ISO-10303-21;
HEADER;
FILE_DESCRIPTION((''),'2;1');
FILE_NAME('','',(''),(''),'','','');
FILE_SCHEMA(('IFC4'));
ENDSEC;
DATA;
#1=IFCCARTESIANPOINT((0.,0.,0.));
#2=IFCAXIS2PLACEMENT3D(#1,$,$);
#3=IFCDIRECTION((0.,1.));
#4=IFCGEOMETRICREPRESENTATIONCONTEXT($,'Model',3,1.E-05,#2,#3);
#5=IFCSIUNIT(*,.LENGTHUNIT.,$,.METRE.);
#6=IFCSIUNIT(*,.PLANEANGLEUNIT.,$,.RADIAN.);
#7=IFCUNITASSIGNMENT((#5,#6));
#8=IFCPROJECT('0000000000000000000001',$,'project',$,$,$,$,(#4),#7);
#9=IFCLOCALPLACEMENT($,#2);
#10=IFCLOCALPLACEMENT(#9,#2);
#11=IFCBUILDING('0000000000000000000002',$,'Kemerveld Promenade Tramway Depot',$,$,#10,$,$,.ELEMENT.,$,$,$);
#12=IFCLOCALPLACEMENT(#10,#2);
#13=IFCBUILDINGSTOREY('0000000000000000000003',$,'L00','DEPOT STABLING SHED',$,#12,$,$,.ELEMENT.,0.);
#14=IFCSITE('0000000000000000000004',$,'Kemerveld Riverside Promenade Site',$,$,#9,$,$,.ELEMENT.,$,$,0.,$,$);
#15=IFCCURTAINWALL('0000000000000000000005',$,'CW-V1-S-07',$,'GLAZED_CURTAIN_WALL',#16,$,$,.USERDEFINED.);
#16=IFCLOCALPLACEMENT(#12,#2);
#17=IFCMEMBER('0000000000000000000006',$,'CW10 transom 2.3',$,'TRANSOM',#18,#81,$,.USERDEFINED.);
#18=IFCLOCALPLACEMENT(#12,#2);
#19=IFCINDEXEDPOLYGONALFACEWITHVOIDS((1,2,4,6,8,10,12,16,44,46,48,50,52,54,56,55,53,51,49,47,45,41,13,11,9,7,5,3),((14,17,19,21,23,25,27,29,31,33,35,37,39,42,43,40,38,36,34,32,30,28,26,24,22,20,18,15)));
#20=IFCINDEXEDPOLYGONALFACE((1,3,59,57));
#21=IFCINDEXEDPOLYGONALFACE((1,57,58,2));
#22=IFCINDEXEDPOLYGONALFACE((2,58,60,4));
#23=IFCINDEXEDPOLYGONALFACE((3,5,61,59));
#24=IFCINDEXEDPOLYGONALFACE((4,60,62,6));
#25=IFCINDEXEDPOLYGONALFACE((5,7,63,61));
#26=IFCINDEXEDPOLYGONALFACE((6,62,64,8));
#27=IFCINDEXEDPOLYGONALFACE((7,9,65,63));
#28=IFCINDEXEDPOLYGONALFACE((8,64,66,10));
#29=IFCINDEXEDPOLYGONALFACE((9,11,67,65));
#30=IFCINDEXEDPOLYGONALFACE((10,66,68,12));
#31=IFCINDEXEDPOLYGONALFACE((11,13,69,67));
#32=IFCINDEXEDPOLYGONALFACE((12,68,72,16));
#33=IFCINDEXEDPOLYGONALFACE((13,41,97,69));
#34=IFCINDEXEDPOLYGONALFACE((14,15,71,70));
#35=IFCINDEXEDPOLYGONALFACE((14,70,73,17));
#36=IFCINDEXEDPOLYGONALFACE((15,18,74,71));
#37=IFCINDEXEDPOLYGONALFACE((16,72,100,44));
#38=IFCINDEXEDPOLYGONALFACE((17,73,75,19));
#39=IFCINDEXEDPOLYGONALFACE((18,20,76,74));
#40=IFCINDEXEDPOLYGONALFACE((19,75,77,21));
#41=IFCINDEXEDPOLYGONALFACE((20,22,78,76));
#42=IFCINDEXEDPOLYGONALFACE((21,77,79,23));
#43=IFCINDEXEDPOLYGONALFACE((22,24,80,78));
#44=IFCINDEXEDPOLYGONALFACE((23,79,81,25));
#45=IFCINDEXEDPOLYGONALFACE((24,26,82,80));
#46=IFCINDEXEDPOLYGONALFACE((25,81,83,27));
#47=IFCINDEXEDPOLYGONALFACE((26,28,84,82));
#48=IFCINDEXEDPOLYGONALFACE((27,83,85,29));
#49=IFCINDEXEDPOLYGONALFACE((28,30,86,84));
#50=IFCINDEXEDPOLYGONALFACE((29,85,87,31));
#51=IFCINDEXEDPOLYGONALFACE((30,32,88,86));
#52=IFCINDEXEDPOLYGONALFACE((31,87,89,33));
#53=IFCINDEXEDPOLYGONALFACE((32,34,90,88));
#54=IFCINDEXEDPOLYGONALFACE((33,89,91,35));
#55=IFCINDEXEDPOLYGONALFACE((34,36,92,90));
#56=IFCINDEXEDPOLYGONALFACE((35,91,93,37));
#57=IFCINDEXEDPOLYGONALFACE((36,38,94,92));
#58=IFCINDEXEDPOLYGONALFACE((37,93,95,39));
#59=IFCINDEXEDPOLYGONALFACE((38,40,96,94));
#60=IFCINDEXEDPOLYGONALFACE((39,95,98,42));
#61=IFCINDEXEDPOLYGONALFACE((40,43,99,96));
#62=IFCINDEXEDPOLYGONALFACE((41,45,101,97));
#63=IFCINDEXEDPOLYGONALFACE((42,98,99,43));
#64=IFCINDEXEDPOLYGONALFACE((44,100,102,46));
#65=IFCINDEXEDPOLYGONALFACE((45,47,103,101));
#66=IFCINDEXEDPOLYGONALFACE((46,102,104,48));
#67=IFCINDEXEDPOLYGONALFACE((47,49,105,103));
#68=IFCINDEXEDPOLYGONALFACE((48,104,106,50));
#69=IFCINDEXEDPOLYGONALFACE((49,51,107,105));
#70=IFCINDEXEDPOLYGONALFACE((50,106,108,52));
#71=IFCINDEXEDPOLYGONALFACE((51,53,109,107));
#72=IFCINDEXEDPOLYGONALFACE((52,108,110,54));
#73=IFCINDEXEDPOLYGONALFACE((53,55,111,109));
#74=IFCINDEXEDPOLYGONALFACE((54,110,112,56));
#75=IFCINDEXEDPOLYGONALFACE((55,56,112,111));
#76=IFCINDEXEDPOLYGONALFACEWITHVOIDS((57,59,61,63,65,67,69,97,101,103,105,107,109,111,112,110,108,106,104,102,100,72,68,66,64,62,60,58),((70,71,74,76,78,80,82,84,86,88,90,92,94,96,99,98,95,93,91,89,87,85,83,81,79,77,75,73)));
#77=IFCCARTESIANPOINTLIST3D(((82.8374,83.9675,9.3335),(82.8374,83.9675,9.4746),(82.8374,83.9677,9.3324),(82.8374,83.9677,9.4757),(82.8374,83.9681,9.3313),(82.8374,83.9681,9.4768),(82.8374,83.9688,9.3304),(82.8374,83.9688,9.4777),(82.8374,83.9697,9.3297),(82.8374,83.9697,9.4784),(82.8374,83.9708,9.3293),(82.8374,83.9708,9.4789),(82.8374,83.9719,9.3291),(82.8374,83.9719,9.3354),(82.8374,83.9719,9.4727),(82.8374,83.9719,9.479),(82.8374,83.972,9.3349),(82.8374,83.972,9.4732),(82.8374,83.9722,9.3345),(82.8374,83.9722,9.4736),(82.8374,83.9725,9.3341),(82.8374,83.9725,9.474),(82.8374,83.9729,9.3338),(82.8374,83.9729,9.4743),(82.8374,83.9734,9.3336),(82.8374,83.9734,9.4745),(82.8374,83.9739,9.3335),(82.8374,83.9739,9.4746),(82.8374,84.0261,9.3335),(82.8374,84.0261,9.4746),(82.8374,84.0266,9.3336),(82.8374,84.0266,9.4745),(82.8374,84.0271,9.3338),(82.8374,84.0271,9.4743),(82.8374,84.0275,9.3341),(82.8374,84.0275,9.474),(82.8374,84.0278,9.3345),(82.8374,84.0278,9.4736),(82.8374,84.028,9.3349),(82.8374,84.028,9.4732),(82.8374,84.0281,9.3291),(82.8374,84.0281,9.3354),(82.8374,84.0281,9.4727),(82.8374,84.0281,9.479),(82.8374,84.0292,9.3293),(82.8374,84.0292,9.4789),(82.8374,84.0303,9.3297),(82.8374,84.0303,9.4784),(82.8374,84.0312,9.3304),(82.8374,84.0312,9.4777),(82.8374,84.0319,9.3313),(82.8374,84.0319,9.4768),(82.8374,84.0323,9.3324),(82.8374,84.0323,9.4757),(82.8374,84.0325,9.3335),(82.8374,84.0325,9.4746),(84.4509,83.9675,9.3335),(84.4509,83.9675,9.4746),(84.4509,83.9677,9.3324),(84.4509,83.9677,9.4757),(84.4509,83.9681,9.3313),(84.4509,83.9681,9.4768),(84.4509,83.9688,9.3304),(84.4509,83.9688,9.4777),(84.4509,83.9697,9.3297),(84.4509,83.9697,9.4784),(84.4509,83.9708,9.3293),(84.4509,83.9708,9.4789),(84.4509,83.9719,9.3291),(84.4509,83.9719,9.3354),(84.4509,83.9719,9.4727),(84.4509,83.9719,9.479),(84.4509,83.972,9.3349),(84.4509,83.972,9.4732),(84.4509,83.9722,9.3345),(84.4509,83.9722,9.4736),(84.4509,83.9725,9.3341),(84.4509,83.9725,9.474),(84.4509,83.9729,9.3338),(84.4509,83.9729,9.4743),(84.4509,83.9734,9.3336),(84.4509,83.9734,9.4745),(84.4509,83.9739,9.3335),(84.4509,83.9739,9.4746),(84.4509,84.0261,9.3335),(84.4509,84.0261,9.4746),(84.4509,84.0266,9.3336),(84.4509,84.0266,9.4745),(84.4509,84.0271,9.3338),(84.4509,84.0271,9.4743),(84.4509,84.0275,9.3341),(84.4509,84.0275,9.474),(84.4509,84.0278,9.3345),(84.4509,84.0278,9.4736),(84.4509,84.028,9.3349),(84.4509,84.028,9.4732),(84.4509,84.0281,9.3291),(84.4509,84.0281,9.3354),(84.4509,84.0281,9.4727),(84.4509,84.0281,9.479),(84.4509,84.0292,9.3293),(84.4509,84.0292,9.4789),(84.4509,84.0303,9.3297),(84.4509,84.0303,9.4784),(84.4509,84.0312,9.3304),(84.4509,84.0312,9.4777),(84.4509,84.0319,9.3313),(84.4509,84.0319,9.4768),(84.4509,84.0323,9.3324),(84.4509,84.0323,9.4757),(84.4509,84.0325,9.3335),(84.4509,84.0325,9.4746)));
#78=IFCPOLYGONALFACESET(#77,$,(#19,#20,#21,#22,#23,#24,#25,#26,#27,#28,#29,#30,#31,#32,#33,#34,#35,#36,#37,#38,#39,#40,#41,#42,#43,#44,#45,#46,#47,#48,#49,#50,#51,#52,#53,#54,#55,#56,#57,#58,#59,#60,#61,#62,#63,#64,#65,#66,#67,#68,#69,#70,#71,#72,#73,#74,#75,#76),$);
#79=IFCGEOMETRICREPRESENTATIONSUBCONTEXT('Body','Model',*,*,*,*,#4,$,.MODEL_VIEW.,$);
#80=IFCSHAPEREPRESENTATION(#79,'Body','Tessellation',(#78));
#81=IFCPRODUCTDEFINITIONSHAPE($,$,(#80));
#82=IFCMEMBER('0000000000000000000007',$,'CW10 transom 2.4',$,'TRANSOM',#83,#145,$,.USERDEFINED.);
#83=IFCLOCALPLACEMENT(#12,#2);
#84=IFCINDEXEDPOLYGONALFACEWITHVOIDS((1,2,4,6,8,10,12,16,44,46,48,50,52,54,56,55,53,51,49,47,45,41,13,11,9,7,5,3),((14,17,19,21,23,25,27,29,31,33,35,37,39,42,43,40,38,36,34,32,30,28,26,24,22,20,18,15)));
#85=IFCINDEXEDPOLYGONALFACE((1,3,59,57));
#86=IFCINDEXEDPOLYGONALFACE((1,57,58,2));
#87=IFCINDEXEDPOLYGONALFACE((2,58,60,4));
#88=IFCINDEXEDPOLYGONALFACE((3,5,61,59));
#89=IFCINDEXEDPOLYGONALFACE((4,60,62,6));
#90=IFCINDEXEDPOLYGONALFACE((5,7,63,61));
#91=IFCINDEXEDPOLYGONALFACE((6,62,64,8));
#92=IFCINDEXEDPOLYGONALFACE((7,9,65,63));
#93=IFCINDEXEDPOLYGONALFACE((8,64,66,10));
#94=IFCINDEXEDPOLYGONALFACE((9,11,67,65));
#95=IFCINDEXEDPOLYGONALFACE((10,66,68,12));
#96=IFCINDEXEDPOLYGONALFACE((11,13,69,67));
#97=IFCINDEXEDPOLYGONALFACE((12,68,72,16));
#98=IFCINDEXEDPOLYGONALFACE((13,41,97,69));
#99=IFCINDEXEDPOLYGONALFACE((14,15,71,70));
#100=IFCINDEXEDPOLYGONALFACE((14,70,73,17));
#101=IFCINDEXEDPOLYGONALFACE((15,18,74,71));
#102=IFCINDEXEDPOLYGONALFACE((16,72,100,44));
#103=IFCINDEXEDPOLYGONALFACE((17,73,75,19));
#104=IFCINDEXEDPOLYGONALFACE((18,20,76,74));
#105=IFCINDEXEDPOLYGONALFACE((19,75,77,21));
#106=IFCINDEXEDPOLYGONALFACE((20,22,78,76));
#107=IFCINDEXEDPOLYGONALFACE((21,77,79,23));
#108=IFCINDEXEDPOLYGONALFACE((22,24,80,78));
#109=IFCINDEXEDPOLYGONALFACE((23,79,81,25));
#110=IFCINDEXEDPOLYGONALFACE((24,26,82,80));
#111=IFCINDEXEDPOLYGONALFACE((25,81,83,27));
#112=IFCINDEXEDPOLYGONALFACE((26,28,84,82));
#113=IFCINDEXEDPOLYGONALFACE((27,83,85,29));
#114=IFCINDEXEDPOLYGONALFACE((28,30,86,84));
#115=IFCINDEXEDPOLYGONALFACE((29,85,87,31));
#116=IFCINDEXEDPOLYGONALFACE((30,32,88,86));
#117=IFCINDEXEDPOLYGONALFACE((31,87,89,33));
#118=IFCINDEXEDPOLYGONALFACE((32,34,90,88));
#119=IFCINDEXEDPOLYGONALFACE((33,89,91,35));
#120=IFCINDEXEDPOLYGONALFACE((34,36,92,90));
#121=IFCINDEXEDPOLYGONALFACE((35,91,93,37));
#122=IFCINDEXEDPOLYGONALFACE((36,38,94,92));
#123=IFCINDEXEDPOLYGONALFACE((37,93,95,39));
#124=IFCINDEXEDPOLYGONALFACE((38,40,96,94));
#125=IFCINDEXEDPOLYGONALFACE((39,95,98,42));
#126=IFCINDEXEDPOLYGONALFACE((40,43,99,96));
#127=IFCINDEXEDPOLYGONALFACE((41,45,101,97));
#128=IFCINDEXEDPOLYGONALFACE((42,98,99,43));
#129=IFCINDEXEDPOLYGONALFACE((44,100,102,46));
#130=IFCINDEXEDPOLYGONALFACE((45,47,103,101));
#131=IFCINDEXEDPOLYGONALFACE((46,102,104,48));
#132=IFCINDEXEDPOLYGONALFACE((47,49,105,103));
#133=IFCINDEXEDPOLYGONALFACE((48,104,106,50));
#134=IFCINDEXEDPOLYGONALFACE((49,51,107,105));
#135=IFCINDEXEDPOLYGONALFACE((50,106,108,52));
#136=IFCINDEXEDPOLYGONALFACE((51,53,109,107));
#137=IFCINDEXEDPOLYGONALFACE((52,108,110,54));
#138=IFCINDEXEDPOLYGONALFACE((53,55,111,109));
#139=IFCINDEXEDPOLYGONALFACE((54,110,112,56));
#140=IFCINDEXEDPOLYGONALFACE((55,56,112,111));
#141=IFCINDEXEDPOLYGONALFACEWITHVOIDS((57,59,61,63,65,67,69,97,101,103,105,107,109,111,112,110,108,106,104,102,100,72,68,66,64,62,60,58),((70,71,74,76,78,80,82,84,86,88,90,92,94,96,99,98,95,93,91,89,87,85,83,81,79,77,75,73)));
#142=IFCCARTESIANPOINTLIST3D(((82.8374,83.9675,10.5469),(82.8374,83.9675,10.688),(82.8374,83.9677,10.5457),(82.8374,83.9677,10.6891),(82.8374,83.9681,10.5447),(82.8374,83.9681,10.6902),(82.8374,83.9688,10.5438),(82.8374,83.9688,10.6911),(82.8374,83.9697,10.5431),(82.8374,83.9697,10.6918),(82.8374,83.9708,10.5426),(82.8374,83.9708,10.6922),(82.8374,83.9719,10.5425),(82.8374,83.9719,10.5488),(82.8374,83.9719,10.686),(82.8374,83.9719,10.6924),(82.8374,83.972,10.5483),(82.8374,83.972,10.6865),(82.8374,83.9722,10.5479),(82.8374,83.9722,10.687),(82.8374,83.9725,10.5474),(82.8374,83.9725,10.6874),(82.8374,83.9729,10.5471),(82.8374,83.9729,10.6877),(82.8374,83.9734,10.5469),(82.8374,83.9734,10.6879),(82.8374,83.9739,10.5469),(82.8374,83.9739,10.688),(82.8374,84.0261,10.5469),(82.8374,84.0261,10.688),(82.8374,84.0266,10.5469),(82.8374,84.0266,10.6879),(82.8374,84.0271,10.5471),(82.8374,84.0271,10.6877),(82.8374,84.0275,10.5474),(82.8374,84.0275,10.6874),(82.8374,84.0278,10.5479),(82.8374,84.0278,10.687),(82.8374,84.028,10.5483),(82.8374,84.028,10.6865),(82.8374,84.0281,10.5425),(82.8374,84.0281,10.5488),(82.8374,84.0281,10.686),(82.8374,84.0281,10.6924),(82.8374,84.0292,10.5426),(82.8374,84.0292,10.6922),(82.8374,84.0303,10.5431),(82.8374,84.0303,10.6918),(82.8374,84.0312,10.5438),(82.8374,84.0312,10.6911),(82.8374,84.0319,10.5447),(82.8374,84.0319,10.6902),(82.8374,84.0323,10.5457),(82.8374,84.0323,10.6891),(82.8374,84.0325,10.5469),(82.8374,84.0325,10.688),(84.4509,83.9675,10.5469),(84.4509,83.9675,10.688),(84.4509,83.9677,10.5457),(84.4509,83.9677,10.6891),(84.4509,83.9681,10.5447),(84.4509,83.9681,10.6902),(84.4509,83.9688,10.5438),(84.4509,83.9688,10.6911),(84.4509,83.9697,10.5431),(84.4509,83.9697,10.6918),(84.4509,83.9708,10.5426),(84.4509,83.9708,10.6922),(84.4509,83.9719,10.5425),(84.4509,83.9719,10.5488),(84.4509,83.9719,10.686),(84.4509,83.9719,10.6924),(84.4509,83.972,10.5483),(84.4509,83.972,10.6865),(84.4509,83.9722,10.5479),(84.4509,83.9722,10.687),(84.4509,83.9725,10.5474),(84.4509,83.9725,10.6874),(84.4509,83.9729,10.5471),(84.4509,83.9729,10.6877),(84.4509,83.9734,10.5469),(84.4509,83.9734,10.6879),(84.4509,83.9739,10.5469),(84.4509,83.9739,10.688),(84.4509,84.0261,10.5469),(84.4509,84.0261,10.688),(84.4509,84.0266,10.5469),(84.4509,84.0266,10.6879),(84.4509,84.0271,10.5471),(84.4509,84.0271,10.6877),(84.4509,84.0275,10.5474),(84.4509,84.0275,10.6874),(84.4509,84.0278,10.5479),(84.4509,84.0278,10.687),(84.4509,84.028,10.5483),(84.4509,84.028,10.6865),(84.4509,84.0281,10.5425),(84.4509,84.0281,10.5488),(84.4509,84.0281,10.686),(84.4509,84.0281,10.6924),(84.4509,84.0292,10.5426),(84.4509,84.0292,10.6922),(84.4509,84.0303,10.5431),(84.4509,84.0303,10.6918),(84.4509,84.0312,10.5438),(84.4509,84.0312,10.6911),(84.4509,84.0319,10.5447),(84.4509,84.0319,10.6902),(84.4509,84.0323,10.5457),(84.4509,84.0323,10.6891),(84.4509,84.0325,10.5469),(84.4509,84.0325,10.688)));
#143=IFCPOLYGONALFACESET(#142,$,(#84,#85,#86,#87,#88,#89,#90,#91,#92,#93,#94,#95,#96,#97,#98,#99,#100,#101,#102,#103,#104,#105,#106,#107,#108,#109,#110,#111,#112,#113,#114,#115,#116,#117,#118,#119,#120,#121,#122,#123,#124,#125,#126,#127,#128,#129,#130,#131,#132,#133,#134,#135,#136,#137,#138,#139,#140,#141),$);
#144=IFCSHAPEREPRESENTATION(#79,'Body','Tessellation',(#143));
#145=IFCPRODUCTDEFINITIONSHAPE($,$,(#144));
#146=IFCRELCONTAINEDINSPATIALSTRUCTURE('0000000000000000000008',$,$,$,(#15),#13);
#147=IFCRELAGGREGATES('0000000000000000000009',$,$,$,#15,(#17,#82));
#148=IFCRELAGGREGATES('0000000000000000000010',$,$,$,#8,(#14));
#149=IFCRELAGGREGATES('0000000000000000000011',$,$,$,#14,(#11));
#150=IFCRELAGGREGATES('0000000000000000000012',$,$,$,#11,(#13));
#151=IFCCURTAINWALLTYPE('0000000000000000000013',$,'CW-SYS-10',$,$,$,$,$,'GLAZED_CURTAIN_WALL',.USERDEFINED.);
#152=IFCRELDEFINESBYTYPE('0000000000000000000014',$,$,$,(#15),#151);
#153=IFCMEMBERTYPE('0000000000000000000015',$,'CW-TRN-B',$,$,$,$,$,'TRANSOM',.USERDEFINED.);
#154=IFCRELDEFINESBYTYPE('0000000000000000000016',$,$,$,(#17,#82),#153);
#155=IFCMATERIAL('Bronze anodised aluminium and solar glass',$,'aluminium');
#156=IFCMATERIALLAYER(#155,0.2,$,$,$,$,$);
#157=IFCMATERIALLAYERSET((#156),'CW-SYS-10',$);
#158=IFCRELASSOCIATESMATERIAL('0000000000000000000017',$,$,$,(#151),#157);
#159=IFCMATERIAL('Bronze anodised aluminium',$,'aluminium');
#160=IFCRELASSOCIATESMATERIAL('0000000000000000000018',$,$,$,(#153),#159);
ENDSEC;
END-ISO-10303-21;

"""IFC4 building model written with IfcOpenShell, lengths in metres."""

from ifc_helpers import new_model, si_unit, direction, frame, origin, origin_2d, place, context, subcontext, project, spatial, hollow_rectangle, extrude, material, layer, layer_set, material_profile, profile_set, type_object, element, aggregate, save


model = new_model("IFC4")

# Units and contexts
model_context = context("Model", 3, precision=1e-05, world=origin(), true_north=direction((0.0, 1.0)))
body_context = subcontext(model_context, "Body", "Model", "MODEL_VIEW")
ifc_project = project(units=[si_unit("LENGTHUNIT", "METRE"), si_unit("PLANEANGLEUNIT", "RADIAN")], contexts=[model_context])

# Site, building, storey
site_placement = place(None, origin())
site = spatial("IfcSite", under=ifc_project, at=site_placement, Name="Kemerveld Riverside Promenade Site", CompositionType="ELEMENT", RefElevation=0.0)
building_placement = place(site_placement, origin())
building = spatial("IfcBuilding", under=site, at=building_placement, Name="Kemerveld Promenade Tramway Depot", CompositionType="ELEMENT")
storey_placement = place(building_placement, origin())
storey = spatial("IfcBuildingStorey", under=building, at=storey_placement, Name="L00", Description="DEPOT STABLING SHED", CompositionType="ELEMENT", Elevation=0.0)

# Curtain wall, members
ifc_material_1 = material(Name="Bronze anodised aluminium and solar glass", Category="aluminium")
ifc_material_2 = material(Name="Bronze anodised aluminium", Category="aluminium")
ifc_layer_1 = layer(ifc_material_1, 0.2)
ifc_layer_set_1 = layer_set([ifc_layer_1], Name="CW-SYS-10")
curtain_wall_type_1 = type_object("IfcCurtainWallType", Name="CW-SYS-10", ElementType="GLAZED_CURTAIN_WALL", PredefinedType="USERDEFINED", material=ifc_layer_set_1)
curtain_wall_1_placement = place(storey_placement, origin())
curtain_wall_1 = element("IfcCurtainWall", 1, at=curtain_wall_1_placement, inside=storey, type_object=curtain_wall_type_1, Name="CW-V1-S-07", ObjectType="GLAZED_CURTAIN_WALL", PredefinedType="USERDEFINED")
ifc_material_profile_1 = material_profile(ifc_material_2, hollow_rectangle(XDim=0.0649, YDim=0.1499, WallThickness=0.0044, InnerFilletRadius=0.002, OuterFilletRadius=0.0044, at=origin_2d()), Name="CW-TRN-150x65")
ifc_profile_set_1 = profile_set([ifc_material_profile_1], Name="Bronze anodised aluminium")
member_type_1 = type_object("IfcMemberType", Name="CW-TRN-B", ElementType="TRANSOM", PredefinedType="USERDEFINED", material=ifc_profile_set_1)
member_1_placement = place(storey_placement, frame((84.4509, 84.0, 9.4041), z_axis=(-1.0, 0.0, 0.0), x_axis=(0.0, -1.0, 0.0)))
member_1 = element("IfcMember", 2, at=member_1_placement, type_object=member_type_1, Name="CW10 transom 2.3", ObjectType="TRANSOM", PredefinedType="USERDEFINED", context=body_context, shape_type="SweptSolid", body=[
    extrude(hollow_rectangle(XDim=0.0649, YDim=0.1499, WallThickness=0.0044, InnerFilletRadius=0.002, OuterFilletRadius=0.0044, at=origin_2d()), origin(), (0.0, 0.0, 1.0), 1.6135),
])
member_2_placement = place(storey_placement, frame((84.4509, 84.0, 10.6174), z_axis=(-1.0, 0.0, 0.0), x_axis=(0.0, -1.0, 0.0)))
member_2 = element("IfcMember", 3, at=member_2_placement, type_object=member_type_1, Name="CW10 transom 2.4", ObjectType="TRANSOM", PredefinedType="USERDEFINED", context=body_context, shape_type="SweptSolid", body=[
    extrude(hollow_rectangle(XDim=0.0649, YDim=0.1499, WallThickness=0.0044, InnerFilletRadius=0.002, OuterFilletRadius=0.0044, at=origin_2d()), origin(), (0.0, 0.0, 1.0), 1.6135),
])

aggregate(curtain_wall_1, [member_1, member_2])

save(model, "model.ifc")
